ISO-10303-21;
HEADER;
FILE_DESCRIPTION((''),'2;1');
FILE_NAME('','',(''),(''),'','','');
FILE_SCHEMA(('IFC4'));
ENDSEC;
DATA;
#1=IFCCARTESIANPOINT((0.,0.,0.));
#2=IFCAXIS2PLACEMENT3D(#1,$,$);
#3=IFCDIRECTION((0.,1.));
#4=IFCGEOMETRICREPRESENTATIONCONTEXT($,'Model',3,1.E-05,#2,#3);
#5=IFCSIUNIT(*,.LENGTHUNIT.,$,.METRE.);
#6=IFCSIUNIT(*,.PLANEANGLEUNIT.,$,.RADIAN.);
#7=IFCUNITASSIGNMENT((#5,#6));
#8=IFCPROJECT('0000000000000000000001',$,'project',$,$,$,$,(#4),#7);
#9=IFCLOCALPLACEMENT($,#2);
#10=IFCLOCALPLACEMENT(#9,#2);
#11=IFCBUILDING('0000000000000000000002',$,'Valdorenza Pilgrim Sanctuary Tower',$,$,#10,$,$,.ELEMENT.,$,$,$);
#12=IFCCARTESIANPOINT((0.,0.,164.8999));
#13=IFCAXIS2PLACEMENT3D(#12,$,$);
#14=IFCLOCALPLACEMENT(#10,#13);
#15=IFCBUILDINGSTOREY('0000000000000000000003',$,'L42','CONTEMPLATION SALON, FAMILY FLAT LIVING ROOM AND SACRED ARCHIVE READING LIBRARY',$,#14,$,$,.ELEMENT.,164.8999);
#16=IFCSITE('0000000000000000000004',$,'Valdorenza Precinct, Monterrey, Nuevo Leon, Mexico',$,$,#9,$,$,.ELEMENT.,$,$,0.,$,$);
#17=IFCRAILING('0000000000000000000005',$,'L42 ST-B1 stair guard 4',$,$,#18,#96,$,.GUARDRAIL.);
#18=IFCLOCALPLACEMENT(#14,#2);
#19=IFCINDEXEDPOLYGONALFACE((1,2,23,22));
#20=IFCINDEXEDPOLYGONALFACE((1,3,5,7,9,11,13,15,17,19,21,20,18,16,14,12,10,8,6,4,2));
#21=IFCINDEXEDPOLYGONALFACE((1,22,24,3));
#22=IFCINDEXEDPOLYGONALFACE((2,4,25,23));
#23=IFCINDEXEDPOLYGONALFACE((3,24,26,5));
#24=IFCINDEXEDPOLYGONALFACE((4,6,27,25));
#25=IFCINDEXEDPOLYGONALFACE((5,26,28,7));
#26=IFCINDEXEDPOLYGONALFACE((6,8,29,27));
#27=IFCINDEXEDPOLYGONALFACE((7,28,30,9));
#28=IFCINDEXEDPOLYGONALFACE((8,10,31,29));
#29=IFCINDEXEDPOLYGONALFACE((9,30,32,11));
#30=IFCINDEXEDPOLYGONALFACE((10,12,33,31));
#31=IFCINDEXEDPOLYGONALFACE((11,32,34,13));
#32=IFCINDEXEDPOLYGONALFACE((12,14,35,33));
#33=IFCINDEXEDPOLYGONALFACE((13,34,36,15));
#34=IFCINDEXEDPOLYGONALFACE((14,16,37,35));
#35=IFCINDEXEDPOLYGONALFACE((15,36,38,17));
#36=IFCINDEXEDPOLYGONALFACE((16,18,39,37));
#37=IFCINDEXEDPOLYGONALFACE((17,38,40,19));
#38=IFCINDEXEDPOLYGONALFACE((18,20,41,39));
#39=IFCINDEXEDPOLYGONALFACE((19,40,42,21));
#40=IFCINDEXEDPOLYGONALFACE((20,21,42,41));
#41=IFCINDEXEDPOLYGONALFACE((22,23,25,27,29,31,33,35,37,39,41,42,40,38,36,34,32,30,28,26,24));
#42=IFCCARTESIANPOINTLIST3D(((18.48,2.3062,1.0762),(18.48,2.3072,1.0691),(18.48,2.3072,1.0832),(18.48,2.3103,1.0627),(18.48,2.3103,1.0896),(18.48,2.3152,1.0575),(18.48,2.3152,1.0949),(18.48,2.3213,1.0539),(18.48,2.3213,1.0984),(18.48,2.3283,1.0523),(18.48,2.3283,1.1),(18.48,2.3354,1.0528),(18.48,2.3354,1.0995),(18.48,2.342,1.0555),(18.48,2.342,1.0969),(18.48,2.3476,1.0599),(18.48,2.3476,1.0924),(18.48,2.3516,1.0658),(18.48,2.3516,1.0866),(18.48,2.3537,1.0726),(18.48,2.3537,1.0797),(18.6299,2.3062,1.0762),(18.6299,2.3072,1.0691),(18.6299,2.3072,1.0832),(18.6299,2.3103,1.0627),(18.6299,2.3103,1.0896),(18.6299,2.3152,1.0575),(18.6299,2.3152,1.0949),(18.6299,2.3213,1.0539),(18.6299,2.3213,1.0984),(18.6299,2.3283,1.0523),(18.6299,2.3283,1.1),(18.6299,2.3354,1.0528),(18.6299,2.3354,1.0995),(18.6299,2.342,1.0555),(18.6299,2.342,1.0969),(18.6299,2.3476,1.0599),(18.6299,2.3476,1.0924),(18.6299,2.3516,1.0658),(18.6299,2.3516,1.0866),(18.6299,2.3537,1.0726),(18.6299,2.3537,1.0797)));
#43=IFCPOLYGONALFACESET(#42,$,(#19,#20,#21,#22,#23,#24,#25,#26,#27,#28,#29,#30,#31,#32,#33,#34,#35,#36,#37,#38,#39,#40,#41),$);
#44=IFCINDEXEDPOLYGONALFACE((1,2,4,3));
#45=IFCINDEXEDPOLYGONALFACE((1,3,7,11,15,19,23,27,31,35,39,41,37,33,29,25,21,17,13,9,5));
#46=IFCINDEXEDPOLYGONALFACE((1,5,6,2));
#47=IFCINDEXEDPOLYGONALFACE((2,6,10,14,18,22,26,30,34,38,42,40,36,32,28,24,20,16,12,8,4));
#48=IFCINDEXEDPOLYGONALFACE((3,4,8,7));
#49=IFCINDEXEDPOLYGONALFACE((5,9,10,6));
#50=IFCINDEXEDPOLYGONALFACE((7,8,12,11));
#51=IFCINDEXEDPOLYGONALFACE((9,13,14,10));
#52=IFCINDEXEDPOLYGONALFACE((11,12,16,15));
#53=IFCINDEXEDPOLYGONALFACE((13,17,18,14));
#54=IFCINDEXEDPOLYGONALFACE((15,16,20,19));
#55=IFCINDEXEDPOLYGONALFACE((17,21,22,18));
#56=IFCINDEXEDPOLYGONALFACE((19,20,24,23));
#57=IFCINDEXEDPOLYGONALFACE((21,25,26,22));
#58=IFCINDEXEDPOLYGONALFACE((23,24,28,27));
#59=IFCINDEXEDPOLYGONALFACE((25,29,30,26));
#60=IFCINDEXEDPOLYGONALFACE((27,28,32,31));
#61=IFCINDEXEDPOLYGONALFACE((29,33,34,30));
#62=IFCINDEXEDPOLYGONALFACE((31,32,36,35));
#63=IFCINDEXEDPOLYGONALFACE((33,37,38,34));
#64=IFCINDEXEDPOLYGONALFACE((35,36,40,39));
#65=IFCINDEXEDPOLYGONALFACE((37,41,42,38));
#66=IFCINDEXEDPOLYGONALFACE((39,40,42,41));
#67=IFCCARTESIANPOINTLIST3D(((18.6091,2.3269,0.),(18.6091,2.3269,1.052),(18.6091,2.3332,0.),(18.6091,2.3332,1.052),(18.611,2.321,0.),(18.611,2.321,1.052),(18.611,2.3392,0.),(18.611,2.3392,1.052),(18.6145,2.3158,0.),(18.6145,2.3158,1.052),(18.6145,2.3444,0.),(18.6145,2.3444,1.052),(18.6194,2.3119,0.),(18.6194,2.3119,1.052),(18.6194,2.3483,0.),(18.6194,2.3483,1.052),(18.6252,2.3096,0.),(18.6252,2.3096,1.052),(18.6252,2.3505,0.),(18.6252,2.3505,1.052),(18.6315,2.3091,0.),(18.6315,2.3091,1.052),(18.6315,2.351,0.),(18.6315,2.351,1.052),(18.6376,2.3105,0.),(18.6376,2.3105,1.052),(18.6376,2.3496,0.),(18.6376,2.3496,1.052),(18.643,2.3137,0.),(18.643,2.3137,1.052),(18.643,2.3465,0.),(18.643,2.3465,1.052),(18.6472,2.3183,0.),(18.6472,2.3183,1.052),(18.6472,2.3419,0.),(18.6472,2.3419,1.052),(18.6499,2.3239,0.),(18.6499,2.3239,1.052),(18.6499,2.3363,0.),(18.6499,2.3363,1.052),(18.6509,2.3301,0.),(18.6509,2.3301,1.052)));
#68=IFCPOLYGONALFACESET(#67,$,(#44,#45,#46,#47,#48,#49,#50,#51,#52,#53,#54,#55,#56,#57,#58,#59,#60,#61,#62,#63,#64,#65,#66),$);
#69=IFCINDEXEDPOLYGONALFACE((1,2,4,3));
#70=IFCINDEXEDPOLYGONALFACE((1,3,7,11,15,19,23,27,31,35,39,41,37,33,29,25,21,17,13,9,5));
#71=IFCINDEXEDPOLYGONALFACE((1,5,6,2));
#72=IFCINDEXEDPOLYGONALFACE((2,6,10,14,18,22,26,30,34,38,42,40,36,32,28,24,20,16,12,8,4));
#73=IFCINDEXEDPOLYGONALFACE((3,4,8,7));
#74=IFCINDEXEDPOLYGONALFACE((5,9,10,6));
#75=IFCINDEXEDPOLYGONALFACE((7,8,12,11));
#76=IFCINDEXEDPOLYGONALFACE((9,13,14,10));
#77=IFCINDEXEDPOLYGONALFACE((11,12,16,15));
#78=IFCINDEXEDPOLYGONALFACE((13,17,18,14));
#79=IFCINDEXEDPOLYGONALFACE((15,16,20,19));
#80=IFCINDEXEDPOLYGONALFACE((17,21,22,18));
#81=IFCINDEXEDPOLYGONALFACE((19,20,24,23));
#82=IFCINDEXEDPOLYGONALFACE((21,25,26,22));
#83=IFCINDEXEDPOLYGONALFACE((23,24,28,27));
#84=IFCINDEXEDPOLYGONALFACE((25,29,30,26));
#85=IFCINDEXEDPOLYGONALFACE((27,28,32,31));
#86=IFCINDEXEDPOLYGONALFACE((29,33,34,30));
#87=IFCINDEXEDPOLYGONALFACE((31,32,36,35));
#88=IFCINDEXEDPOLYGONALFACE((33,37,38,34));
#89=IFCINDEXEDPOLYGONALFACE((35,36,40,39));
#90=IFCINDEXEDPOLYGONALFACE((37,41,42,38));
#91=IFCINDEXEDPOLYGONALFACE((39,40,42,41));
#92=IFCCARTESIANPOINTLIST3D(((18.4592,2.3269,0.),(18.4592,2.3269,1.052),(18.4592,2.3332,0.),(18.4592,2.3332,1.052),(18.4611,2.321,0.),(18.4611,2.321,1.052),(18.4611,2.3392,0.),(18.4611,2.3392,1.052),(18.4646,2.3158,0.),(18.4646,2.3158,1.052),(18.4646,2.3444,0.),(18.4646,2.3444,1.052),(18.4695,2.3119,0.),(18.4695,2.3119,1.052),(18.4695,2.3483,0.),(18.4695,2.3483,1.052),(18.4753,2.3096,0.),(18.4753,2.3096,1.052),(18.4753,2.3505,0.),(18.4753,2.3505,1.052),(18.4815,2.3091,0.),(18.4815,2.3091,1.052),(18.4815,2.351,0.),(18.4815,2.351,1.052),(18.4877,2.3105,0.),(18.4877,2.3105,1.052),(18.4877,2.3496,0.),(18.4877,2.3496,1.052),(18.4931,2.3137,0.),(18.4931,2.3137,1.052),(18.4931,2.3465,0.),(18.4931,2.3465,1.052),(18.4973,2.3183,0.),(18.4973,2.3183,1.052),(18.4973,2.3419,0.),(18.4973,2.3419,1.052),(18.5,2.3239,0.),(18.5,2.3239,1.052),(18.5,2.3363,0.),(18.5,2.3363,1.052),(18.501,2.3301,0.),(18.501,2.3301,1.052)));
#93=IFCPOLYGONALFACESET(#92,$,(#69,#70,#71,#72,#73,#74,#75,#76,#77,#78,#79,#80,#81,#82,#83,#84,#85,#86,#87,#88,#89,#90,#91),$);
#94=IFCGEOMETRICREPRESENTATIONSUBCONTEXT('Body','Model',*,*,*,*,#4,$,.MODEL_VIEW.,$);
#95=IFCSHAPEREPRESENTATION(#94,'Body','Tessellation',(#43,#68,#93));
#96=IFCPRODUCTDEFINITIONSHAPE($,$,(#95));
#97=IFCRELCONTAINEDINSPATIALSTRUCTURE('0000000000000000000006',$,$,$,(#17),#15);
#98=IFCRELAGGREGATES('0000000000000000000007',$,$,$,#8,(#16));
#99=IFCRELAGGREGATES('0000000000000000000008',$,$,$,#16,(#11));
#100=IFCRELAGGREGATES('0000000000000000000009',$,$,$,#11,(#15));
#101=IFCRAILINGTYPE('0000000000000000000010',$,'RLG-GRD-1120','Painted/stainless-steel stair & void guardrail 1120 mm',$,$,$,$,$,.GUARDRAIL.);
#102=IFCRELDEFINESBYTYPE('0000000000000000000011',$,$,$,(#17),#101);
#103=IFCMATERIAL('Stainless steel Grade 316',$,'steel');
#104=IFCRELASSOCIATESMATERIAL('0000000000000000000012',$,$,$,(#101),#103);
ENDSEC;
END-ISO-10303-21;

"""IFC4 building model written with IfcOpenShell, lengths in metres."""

from ifc_helpers import new_model, si_unit, direction, frame, origin, origin_2d, place, context, subcontext, project, spatial, circle, extrude, material, type_object, element, save


model = new_model("IFC4")

# Units and contexts
model_context = context("Model", 3, precision=1e-05, world=origin(), true_north=direction((0.0, 1.0)))
body_context = subcontext(model_context, "Body", "Model", "MODEL_VIEW")
ifc_project = project(units=[si_unit("LENGTHUNIT", "METRE"), si_unit("PLANEANGLEUNIT", "RADIAN")], contexts=[model_context])

# Site, building, storey
site_placement = place(None, origin())
site = spatial("IfcSite", under=ifc_project, at=site_placement, Name="Valdorenza Precinct, Monterrey, Nuevo Leon, Mexico", CompositionType="ELEMENT", RefElevation=0.0)
building_placement = place(site_placement, origin())
building = spatial("IfcBuilding", under=site, at=building_placement, Name="Valdorenza Pilgrim Sanctuary Tower", CompositionType="ELEMENT")
storey_placement = place(building_placement, frame((0.0, 0.0, 164.8999)))
storey = spatial("IfcBuildingStorey", under=building, at=storey_placement, Name="L42", Description="CONTEMPLATION SALON, FAMILY FLAT LIVING ROOM AND SACRED ARCHIVE READING LIBRARY", CompositionType="ELEMENT", Elevation=164.8999)

# Railing
ifc_material_1 = material(Name="Stainless steel Grade 316", Category="steel")
railing_type_1 = type_object("IfcRailingType", Name="RLG-GRD-1120", Description="Painted/stainless-steel stair & void guardrail 1120 mm", PredefinedType="GUARDRAIL", material=ifc_material_1)
railing_1_placement = place(storey_placement, frame((18.6299, 2.3301, 0.0)))
element("IfcRailing", 1, at=railing_1_placement, inside=storey, type_object=railing_type_1, Name="L42 ST-B1 stair guard 4", PredefinedType="GUARDRAIL", context=body_context, shape_type="SweptSolid", body=[
    extrude(circle(Radius=0.0239, at=origin_2d()), frame((0.0, 0.0, 1.0762), z_axis=(-1.0, 0.0, 0.0), x_axis=(0.0, -1.0, 0.0)), (0.0, 0.0, 1.0), 0.1499),
    extrude(circle(Radius=0.021, at=origin_2d()), origin(), (0.0, 0.0, 1.0), 1.052),
    extrude(circle(Radius=0.021, at=origin_2d()), frame((-0.1499, 0.0, 0.0)), (0.0, 0.0, 1.0), 1.052),
])

save(model, "model.ifc")
